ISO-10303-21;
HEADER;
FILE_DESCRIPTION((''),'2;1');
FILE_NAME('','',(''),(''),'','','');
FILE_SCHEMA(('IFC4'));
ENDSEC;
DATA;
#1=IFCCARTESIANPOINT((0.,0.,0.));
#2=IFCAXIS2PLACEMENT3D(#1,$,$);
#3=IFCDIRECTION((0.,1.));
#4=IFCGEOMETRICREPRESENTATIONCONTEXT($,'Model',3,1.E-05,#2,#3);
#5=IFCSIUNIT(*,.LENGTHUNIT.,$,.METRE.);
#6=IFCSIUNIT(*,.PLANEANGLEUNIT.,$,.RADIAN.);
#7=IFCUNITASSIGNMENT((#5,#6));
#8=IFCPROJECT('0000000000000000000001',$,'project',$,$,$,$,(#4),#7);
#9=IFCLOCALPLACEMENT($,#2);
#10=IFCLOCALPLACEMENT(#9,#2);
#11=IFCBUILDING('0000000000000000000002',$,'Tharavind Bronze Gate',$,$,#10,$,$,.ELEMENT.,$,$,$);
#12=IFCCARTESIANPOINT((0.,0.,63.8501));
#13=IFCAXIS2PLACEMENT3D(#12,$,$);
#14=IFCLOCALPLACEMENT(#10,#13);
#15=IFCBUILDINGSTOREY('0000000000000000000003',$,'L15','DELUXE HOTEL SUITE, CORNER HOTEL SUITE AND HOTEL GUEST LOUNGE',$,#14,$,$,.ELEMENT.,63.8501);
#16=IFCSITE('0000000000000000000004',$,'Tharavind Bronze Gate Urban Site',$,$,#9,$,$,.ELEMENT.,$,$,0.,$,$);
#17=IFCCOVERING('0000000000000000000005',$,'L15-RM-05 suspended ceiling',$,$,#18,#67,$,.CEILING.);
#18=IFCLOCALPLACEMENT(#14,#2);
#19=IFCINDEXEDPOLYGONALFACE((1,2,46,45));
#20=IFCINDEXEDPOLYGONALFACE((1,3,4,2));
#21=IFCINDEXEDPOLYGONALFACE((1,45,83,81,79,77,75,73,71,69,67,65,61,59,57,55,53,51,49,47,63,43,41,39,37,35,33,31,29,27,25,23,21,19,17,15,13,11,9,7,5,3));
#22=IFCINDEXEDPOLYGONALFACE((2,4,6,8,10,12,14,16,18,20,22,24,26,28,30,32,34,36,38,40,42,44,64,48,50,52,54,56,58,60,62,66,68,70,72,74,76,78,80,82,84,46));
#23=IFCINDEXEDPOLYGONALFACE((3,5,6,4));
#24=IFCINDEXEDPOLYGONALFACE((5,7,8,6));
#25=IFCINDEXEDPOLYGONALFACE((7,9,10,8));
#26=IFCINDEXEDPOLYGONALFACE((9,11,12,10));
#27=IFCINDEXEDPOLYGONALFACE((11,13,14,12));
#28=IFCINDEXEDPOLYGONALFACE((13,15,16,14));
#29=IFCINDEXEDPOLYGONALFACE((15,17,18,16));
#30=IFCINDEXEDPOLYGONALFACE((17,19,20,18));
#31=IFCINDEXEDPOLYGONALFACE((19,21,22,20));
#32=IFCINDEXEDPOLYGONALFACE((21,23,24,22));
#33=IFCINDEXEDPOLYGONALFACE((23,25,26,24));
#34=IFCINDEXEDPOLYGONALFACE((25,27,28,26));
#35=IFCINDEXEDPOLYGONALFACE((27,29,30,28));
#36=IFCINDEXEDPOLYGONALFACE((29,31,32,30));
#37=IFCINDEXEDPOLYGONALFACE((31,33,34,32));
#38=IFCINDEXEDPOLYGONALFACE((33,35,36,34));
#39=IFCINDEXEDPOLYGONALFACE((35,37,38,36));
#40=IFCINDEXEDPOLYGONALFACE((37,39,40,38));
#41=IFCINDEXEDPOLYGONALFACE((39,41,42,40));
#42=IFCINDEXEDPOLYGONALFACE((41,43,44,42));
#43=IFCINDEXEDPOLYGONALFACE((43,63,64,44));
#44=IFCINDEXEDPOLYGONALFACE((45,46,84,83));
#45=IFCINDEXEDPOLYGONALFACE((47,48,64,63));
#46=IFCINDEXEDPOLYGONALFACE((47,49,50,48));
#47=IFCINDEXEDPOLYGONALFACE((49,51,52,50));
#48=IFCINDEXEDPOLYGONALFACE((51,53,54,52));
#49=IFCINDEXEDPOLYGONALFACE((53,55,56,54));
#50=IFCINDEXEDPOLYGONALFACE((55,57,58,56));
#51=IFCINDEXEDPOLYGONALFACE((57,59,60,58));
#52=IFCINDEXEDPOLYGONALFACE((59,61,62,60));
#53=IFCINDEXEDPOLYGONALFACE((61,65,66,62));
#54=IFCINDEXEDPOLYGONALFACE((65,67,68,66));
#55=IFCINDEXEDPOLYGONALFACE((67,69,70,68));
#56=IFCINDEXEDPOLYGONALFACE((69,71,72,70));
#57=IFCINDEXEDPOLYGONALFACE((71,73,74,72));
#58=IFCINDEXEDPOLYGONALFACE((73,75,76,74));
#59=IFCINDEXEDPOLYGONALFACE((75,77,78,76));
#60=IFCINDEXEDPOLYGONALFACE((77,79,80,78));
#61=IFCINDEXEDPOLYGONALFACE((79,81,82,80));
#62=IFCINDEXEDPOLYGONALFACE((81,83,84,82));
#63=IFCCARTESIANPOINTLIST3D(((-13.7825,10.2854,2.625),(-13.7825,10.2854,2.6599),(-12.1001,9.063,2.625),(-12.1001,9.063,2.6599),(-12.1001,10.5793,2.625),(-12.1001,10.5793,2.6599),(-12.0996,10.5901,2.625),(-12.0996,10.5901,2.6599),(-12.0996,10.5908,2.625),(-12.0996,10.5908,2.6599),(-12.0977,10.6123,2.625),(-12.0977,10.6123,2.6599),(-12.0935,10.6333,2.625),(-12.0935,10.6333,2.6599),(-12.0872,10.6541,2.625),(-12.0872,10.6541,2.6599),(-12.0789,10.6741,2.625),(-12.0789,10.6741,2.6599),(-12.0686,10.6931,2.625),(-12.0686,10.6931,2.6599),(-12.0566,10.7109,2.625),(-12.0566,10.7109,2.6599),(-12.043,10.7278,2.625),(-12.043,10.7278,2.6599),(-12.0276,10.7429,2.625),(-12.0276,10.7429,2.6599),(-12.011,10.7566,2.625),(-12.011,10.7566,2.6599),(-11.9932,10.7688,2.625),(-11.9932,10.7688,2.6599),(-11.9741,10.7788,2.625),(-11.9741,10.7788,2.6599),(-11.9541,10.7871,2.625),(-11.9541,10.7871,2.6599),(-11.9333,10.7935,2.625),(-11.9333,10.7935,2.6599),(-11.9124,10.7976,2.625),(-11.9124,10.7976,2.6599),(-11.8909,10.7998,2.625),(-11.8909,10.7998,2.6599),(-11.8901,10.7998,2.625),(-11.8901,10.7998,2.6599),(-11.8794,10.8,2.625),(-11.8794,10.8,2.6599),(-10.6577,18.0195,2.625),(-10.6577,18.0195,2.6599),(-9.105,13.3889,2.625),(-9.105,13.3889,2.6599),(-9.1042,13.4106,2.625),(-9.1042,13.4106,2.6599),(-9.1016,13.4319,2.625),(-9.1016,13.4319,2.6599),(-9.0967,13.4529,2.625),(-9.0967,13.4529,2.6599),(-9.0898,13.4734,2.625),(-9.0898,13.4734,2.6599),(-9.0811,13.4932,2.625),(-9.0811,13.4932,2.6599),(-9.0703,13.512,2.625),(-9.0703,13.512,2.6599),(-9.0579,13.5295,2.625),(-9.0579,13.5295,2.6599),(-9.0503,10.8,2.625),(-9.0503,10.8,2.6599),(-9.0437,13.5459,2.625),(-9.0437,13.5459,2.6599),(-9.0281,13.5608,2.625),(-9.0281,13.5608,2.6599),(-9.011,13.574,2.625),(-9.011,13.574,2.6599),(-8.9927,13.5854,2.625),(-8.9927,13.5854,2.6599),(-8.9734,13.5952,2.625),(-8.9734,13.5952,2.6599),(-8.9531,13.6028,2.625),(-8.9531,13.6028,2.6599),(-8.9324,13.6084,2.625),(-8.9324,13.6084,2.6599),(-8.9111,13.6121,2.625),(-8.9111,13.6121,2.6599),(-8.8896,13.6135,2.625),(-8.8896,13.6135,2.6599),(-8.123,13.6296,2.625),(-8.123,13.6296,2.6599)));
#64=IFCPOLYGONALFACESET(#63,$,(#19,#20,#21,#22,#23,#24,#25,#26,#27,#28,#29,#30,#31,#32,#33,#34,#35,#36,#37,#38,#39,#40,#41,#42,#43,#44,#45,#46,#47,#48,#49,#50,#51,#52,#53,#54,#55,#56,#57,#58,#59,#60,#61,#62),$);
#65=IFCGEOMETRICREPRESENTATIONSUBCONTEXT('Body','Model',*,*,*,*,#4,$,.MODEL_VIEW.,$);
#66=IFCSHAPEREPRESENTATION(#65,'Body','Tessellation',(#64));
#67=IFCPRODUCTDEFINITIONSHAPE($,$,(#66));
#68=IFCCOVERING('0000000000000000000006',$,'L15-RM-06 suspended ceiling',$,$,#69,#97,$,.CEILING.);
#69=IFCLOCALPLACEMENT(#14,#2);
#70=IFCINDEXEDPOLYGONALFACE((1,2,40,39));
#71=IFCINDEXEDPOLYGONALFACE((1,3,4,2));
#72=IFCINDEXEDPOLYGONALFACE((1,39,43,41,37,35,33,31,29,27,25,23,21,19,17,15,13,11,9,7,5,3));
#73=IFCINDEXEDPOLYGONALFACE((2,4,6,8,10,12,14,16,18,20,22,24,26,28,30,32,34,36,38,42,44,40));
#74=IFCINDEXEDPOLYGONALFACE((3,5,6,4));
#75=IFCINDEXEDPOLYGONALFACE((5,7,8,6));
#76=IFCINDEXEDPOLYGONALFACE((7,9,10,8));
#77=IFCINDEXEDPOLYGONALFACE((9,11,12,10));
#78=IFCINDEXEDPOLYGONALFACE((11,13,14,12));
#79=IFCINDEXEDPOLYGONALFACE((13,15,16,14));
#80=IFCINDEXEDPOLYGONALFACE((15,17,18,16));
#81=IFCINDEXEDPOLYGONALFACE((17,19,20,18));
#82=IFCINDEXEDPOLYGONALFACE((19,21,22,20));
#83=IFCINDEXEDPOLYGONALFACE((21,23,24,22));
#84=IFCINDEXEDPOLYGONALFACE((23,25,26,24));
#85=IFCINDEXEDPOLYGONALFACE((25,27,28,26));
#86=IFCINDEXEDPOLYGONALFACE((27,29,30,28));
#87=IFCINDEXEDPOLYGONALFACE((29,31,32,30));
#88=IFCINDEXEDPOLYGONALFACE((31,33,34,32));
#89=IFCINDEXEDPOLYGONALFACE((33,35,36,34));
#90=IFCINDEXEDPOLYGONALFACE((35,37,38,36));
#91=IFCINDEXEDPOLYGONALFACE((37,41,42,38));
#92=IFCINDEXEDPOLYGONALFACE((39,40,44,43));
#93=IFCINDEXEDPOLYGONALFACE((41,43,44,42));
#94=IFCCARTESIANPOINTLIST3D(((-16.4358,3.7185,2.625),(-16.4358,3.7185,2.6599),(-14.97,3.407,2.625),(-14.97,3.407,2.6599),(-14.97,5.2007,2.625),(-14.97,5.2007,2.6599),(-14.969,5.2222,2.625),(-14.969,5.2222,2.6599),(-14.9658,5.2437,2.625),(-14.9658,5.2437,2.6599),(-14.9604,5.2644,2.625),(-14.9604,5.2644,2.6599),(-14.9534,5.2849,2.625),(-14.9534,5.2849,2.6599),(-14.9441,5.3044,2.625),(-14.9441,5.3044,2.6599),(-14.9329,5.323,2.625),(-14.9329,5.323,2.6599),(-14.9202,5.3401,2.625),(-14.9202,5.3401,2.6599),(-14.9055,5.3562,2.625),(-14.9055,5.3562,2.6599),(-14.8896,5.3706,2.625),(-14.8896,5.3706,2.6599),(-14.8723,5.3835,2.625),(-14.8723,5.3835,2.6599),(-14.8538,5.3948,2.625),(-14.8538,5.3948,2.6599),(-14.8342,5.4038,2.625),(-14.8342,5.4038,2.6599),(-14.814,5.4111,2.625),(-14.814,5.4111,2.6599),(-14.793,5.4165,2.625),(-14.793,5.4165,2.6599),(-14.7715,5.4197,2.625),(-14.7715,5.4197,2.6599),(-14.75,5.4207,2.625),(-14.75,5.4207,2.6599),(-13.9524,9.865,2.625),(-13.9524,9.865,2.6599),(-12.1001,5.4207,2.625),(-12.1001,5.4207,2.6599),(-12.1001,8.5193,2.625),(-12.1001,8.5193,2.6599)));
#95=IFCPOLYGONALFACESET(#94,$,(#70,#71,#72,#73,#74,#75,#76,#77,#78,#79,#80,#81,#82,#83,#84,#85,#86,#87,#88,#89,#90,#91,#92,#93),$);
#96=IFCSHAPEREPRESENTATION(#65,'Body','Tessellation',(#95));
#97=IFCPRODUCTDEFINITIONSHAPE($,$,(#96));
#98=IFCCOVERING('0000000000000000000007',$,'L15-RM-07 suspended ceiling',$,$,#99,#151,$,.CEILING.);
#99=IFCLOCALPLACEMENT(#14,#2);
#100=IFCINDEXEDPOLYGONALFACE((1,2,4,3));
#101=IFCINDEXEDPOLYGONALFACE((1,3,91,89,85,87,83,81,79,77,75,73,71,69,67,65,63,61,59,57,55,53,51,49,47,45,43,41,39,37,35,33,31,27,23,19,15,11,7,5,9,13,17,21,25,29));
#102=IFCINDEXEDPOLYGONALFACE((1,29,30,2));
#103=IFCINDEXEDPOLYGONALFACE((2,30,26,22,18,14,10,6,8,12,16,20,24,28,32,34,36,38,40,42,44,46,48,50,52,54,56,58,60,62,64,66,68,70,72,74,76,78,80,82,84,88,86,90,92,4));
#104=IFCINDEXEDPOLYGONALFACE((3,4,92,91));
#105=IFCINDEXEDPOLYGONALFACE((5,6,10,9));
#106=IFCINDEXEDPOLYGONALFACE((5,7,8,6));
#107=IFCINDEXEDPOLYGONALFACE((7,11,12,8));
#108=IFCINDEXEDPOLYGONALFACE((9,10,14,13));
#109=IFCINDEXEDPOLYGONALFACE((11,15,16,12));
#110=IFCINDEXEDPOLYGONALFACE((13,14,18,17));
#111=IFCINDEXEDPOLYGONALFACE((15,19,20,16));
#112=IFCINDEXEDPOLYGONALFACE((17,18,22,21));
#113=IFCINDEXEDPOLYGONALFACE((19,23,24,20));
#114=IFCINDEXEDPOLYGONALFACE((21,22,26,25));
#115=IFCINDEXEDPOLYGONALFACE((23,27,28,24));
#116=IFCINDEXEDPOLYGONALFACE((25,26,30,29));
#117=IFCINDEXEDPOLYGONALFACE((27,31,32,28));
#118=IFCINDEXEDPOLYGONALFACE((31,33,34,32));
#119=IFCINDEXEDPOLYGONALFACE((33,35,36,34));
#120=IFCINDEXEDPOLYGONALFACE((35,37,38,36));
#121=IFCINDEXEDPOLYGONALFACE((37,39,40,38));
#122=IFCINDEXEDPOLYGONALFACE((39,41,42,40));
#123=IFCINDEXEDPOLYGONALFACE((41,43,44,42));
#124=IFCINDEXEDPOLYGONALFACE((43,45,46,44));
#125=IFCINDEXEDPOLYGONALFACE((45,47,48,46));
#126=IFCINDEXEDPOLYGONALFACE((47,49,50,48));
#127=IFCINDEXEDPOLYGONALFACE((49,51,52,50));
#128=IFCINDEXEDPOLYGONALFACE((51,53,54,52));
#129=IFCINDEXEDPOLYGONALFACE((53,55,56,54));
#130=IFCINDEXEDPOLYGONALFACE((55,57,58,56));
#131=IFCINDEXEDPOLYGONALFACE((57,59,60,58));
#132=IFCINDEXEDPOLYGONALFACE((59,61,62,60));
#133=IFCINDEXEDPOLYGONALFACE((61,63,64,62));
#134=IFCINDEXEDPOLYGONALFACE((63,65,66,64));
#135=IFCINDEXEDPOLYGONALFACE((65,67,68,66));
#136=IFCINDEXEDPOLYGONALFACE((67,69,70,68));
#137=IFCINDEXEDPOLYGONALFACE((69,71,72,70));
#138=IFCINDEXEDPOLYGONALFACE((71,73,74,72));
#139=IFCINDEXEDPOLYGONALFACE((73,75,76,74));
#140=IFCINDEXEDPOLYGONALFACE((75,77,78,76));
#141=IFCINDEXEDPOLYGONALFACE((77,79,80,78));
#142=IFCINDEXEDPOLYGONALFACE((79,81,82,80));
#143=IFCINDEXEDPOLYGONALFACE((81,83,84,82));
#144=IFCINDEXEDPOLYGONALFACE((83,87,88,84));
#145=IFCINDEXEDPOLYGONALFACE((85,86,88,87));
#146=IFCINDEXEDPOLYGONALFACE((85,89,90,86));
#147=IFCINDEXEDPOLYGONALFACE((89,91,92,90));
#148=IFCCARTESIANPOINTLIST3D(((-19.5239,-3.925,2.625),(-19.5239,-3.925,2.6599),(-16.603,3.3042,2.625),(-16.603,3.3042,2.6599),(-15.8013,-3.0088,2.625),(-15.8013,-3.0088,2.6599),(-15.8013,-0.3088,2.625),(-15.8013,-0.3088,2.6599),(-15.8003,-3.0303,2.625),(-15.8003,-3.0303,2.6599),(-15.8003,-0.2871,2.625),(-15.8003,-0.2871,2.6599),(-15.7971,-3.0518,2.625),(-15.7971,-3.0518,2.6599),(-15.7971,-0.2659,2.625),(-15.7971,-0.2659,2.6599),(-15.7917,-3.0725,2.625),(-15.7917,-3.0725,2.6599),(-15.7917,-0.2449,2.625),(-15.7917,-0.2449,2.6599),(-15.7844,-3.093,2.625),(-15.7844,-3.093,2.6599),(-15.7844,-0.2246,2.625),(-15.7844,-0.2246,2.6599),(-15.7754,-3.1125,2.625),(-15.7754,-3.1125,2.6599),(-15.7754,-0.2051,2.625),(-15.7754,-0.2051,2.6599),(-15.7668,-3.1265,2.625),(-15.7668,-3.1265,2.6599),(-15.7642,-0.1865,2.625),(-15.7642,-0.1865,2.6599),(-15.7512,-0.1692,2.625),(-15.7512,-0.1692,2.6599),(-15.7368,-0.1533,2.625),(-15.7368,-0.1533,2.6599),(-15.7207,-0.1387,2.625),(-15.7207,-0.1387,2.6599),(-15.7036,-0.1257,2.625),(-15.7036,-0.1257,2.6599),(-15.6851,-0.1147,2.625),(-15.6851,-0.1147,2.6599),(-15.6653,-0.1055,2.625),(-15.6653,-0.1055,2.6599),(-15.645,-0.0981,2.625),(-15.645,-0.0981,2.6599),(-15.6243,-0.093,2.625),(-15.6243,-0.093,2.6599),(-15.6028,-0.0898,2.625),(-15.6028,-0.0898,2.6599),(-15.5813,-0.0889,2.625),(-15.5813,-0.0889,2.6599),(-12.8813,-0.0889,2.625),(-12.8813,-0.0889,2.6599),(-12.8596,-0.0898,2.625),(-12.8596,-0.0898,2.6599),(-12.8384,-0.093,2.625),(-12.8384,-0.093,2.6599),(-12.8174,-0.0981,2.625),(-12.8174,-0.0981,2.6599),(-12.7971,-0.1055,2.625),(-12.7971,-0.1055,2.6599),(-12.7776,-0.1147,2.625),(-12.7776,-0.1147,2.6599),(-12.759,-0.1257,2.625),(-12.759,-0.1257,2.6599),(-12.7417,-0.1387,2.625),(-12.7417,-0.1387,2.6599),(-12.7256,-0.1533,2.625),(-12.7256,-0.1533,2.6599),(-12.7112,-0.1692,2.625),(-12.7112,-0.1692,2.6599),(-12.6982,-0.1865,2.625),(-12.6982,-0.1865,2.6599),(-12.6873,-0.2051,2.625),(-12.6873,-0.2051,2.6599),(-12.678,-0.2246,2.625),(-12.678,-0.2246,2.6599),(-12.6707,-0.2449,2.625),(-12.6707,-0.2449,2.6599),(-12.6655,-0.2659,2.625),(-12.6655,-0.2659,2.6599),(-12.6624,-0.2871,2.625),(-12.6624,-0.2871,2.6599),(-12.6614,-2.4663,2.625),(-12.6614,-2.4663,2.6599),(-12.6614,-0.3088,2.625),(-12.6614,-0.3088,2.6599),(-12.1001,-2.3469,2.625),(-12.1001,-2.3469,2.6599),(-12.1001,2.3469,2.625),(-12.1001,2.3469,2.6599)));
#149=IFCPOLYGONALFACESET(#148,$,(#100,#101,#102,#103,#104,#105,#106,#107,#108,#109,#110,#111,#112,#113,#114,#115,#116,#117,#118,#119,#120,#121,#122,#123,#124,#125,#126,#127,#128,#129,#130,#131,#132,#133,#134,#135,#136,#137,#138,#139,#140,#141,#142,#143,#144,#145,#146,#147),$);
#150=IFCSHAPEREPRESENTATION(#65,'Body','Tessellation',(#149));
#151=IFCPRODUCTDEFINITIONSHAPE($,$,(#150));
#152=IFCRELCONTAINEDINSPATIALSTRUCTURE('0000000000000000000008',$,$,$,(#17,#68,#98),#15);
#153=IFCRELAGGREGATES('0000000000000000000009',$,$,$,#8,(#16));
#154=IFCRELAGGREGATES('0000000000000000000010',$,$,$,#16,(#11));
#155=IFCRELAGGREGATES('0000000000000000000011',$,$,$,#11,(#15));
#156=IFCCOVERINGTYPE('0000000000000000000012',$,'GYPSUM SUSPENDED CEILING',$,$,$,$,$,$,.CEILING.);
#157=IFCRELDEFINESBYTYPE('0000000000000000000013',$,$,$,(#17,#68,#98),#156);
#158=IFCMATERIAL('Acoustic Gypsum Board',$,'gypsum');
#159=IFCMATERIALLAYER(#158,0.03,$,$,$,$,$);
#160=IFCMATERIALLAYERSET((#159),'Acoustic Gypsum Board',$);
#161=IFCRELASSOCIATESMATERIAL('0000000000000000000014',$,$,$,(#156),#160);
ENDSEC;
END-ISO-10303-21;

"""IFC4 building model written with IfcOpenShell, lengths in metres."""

from ifc_helpers import new_model, si_unit, direction, frame, origin, place, context, subcontext, project, spatial, polyline, outline, extrude, material, layer, layer_set, type_object, element, save


model = new_model("IFC4")

# Units and contexts
model_context = context("Model", 3, precision=1e-05, world=origin(), true_north=direction((0.0, 1.0)))
body_context = subcontext(model_context, "Body", "Model", "MODEL_VIEW")
ifc_project = project(units=[si_unit("LENGTHUNIT", "METRE"), si_unit("PLANEANGLEUNIT", "RADIAN")], contexts=[model_context])

# Site, building, storey
site_placement = place(None, origin())
site = spatial("IfcSite", under=ifc_project, at=site_placement, Name="Tharavind Bronze Gate Urban Site", CompositionType="ELEMENT", RefElevation=0.0)
building_placement = place(site_placement, origin())
building = spatial("IfcBuilding", under=site, at=building_placement, Name="Tharavind Bronze Gate", CompositionType="ELEMENT")
storey_placement = place(building_placement, frame((0.0, 0.0, 63.8501)))
storey = spatial("IfcBuildingStorey", under=building, at=storey_placement, Name="L15", Description="DELUXE HOTEL SUITE, CORNER HOTEL SUITE AND HOTEL GUEST LOUNGE", CompositionType="ELEMENT", Elevation=63.8501)

# Coverings
ifc_material_1 = material(Name="Acoustic Gypsum Board", Category="gypsum")
ifc_layer_1 = layer(ifc_material_1, 0.03)
ifc_layer_set_1 = layer_set([ifc_layer_1], Name="Acoustic Gypsum Board")
covering_type_1 = type_object("IfcCoveringType", Name="GYPSUM SUSPENDED CEILING", PredefinedType="CEILING", material=ifc_layer_set_1)
covering_1_placement = place(storey_placement, frame((0.0, 0.0, 2.625)))
element("IfcCovering", 1, at=covering_1_placement, inside=storey, type_object=covering_type_1, Name="L15-RM-05 suspended ceiling", PredefinedType="CEILING", context=body_context, shape_type="SweptSolid", body=[
    extrude(outline(polyline([(-12.1001, 9.063), (-12.1001, 10.5793), (-12.0996, 10.5901), (-12.0996, 10.5908), (-12.0977, 10.6123), (-12.0935, 10.6333), (-12.0872, 10.6541), (-12.0789, 10.6741), (-12.0686, 10.6931), (-12.0566, 10.7109), (-12.043, 10.7278), (-12.0276, 10.7429), (-12.011, 10.7566), (-11.9932, 10.7688), (-11.9741, 10.7788), (-11.9541, 10.7871), (-11.9333, 10.7935), (-11.9124, 10.7976), (-11.8909, 10.7998), (-11.8901, 10.7998), (-11.8794, 10.8), (-9.0503, 10.8), (-9.105, 13.3889), (-9.1042, 13.4106), (-9.1016, 13.4319), (-9.0967, 13.4529), (-9.0898, 13.4734), (-9.0811, 13.4932), (-9.0703, 13.512), (-9.0579, 13.5295), (-9.0437, 13.5459), (-9.0281, 13.5608), (-9.011, 13.574), (-8.9927, 13.5854), (-8.9734, 13.5952), (-8.9531, 13.6028), (-8.9324, 13.6084), (-8.9111, 13.6121), (-8.8896, 13.6135), (-8.123, 13.6296), (-10.6577, 18.0195), (-13.7825, 10.2854), (-12.1001, 9.063)])), origin(), (0.0, 0.0, 1.0), 0.0349),
])
covering_2_placement = place(storey_placement, frame((0.0, 0.0, 2.625)))
element("IfcCovering", 2, at=covering_2_placement, inside=storey, type_object=covering_type_1, Name="L15-RM-06 suspended ceiling", PredefinedType="CEILING", context=body_context, shape_type="SweptSolid", body=[
    extrude(outline(polyline([(-14.97, 3.407), (-14.97, 5.2007), (-14.969, 5.2222), (-14.9658, 5.2437), (-14.9604, 5.2644), (-14.9534, 5.2849), (-14.9441, 5.3044), (-14.9329, 5.323), (-14.9202, 5.3401), (-14.9055, 5.3562), (-14.8896, 5.3706), (-14.8723, 5.3835), (-14.8538, 5.3948), (-14.8342, 5.4038), (-14.814, 5.4111), (-14.793, 5.4165), (-14.7715, 5.4197), (-14.75, 5.4207), (-12.1001, 5.4207), (-12.1001, 8.5193), (-13.9524, 9.865), (-16.4358, 3.7185), (-14.97, 3.407)])), origin(), (0.0, 0.0, 1.0), 0.0349),
])
covering_3_placement = place(storey_placement, frame((0.0, 0.0, 2.625)))
element("IfcCovering", 3, at=covering_3_placement, inside=storey, type_object=covering_type_1, Name="L15-RM-07 suspended ceiling", PredefinedType="CEILING", context=body_context, shape_type="SweptSolid", body=[
    extrude(outline(polyline([(-15.7668, -3.1265), (-15.7754, -3.1125), (-15.7844, -3.093), (-15.7917, -3.0725), (-15.7971, -3.0518), (-15.8003, -3.0303), (-15.8013, -3.0088), (-15.8013, -0.3088), (-15.8003, -0.2871), (-15.7971, -0.2659), (-15.7917, -0.2449), (-15.7844, -0.2246), (-15.7754, -0.2051), (-15.7642, -0.1865), (-15.7512, -0.1692), (-15.7368, -0.1533), (-15.7207, -0.1387), (-15.7036, -0.1257), (-15.6851, -0.1147), (-15.6653, -0.1055), (-15.645, -0.0981), (-15.6243, -0.093), (-15.6028, -0.0898), (-15.5813, -0.0889), (-12.8813, -0.0889), (-12.8596, -0.0898), (-12.8384, -0.093), (-12.8174, -0.0981), (-12.7971, -0.1055), (-12.7776, -0.1147), (-12.759, -0.1257), (-12.7417, -0.1387), (-12.7256, -0.1533), (-12.7112, -0.1692), (-12.6982, -0.1865), (-12.6873, -0.2051), (-12.678, -0.2246), (-12.6707, -0.2449), (-12.6655, -0.2659), (-12.6624, -0.2871), (-12.6614, -0.3088), (-12.6614, -2.4663), (-12.1001, -2.3469), (-12.1001, 2.3469), (-16.603, 3.3042), (-19.5239, -3.925), (-15.7668, -3.1265)])), origin(), (0.0, 0.0, 1.0), 0.0349),
])

save(model, "model.ifc")
